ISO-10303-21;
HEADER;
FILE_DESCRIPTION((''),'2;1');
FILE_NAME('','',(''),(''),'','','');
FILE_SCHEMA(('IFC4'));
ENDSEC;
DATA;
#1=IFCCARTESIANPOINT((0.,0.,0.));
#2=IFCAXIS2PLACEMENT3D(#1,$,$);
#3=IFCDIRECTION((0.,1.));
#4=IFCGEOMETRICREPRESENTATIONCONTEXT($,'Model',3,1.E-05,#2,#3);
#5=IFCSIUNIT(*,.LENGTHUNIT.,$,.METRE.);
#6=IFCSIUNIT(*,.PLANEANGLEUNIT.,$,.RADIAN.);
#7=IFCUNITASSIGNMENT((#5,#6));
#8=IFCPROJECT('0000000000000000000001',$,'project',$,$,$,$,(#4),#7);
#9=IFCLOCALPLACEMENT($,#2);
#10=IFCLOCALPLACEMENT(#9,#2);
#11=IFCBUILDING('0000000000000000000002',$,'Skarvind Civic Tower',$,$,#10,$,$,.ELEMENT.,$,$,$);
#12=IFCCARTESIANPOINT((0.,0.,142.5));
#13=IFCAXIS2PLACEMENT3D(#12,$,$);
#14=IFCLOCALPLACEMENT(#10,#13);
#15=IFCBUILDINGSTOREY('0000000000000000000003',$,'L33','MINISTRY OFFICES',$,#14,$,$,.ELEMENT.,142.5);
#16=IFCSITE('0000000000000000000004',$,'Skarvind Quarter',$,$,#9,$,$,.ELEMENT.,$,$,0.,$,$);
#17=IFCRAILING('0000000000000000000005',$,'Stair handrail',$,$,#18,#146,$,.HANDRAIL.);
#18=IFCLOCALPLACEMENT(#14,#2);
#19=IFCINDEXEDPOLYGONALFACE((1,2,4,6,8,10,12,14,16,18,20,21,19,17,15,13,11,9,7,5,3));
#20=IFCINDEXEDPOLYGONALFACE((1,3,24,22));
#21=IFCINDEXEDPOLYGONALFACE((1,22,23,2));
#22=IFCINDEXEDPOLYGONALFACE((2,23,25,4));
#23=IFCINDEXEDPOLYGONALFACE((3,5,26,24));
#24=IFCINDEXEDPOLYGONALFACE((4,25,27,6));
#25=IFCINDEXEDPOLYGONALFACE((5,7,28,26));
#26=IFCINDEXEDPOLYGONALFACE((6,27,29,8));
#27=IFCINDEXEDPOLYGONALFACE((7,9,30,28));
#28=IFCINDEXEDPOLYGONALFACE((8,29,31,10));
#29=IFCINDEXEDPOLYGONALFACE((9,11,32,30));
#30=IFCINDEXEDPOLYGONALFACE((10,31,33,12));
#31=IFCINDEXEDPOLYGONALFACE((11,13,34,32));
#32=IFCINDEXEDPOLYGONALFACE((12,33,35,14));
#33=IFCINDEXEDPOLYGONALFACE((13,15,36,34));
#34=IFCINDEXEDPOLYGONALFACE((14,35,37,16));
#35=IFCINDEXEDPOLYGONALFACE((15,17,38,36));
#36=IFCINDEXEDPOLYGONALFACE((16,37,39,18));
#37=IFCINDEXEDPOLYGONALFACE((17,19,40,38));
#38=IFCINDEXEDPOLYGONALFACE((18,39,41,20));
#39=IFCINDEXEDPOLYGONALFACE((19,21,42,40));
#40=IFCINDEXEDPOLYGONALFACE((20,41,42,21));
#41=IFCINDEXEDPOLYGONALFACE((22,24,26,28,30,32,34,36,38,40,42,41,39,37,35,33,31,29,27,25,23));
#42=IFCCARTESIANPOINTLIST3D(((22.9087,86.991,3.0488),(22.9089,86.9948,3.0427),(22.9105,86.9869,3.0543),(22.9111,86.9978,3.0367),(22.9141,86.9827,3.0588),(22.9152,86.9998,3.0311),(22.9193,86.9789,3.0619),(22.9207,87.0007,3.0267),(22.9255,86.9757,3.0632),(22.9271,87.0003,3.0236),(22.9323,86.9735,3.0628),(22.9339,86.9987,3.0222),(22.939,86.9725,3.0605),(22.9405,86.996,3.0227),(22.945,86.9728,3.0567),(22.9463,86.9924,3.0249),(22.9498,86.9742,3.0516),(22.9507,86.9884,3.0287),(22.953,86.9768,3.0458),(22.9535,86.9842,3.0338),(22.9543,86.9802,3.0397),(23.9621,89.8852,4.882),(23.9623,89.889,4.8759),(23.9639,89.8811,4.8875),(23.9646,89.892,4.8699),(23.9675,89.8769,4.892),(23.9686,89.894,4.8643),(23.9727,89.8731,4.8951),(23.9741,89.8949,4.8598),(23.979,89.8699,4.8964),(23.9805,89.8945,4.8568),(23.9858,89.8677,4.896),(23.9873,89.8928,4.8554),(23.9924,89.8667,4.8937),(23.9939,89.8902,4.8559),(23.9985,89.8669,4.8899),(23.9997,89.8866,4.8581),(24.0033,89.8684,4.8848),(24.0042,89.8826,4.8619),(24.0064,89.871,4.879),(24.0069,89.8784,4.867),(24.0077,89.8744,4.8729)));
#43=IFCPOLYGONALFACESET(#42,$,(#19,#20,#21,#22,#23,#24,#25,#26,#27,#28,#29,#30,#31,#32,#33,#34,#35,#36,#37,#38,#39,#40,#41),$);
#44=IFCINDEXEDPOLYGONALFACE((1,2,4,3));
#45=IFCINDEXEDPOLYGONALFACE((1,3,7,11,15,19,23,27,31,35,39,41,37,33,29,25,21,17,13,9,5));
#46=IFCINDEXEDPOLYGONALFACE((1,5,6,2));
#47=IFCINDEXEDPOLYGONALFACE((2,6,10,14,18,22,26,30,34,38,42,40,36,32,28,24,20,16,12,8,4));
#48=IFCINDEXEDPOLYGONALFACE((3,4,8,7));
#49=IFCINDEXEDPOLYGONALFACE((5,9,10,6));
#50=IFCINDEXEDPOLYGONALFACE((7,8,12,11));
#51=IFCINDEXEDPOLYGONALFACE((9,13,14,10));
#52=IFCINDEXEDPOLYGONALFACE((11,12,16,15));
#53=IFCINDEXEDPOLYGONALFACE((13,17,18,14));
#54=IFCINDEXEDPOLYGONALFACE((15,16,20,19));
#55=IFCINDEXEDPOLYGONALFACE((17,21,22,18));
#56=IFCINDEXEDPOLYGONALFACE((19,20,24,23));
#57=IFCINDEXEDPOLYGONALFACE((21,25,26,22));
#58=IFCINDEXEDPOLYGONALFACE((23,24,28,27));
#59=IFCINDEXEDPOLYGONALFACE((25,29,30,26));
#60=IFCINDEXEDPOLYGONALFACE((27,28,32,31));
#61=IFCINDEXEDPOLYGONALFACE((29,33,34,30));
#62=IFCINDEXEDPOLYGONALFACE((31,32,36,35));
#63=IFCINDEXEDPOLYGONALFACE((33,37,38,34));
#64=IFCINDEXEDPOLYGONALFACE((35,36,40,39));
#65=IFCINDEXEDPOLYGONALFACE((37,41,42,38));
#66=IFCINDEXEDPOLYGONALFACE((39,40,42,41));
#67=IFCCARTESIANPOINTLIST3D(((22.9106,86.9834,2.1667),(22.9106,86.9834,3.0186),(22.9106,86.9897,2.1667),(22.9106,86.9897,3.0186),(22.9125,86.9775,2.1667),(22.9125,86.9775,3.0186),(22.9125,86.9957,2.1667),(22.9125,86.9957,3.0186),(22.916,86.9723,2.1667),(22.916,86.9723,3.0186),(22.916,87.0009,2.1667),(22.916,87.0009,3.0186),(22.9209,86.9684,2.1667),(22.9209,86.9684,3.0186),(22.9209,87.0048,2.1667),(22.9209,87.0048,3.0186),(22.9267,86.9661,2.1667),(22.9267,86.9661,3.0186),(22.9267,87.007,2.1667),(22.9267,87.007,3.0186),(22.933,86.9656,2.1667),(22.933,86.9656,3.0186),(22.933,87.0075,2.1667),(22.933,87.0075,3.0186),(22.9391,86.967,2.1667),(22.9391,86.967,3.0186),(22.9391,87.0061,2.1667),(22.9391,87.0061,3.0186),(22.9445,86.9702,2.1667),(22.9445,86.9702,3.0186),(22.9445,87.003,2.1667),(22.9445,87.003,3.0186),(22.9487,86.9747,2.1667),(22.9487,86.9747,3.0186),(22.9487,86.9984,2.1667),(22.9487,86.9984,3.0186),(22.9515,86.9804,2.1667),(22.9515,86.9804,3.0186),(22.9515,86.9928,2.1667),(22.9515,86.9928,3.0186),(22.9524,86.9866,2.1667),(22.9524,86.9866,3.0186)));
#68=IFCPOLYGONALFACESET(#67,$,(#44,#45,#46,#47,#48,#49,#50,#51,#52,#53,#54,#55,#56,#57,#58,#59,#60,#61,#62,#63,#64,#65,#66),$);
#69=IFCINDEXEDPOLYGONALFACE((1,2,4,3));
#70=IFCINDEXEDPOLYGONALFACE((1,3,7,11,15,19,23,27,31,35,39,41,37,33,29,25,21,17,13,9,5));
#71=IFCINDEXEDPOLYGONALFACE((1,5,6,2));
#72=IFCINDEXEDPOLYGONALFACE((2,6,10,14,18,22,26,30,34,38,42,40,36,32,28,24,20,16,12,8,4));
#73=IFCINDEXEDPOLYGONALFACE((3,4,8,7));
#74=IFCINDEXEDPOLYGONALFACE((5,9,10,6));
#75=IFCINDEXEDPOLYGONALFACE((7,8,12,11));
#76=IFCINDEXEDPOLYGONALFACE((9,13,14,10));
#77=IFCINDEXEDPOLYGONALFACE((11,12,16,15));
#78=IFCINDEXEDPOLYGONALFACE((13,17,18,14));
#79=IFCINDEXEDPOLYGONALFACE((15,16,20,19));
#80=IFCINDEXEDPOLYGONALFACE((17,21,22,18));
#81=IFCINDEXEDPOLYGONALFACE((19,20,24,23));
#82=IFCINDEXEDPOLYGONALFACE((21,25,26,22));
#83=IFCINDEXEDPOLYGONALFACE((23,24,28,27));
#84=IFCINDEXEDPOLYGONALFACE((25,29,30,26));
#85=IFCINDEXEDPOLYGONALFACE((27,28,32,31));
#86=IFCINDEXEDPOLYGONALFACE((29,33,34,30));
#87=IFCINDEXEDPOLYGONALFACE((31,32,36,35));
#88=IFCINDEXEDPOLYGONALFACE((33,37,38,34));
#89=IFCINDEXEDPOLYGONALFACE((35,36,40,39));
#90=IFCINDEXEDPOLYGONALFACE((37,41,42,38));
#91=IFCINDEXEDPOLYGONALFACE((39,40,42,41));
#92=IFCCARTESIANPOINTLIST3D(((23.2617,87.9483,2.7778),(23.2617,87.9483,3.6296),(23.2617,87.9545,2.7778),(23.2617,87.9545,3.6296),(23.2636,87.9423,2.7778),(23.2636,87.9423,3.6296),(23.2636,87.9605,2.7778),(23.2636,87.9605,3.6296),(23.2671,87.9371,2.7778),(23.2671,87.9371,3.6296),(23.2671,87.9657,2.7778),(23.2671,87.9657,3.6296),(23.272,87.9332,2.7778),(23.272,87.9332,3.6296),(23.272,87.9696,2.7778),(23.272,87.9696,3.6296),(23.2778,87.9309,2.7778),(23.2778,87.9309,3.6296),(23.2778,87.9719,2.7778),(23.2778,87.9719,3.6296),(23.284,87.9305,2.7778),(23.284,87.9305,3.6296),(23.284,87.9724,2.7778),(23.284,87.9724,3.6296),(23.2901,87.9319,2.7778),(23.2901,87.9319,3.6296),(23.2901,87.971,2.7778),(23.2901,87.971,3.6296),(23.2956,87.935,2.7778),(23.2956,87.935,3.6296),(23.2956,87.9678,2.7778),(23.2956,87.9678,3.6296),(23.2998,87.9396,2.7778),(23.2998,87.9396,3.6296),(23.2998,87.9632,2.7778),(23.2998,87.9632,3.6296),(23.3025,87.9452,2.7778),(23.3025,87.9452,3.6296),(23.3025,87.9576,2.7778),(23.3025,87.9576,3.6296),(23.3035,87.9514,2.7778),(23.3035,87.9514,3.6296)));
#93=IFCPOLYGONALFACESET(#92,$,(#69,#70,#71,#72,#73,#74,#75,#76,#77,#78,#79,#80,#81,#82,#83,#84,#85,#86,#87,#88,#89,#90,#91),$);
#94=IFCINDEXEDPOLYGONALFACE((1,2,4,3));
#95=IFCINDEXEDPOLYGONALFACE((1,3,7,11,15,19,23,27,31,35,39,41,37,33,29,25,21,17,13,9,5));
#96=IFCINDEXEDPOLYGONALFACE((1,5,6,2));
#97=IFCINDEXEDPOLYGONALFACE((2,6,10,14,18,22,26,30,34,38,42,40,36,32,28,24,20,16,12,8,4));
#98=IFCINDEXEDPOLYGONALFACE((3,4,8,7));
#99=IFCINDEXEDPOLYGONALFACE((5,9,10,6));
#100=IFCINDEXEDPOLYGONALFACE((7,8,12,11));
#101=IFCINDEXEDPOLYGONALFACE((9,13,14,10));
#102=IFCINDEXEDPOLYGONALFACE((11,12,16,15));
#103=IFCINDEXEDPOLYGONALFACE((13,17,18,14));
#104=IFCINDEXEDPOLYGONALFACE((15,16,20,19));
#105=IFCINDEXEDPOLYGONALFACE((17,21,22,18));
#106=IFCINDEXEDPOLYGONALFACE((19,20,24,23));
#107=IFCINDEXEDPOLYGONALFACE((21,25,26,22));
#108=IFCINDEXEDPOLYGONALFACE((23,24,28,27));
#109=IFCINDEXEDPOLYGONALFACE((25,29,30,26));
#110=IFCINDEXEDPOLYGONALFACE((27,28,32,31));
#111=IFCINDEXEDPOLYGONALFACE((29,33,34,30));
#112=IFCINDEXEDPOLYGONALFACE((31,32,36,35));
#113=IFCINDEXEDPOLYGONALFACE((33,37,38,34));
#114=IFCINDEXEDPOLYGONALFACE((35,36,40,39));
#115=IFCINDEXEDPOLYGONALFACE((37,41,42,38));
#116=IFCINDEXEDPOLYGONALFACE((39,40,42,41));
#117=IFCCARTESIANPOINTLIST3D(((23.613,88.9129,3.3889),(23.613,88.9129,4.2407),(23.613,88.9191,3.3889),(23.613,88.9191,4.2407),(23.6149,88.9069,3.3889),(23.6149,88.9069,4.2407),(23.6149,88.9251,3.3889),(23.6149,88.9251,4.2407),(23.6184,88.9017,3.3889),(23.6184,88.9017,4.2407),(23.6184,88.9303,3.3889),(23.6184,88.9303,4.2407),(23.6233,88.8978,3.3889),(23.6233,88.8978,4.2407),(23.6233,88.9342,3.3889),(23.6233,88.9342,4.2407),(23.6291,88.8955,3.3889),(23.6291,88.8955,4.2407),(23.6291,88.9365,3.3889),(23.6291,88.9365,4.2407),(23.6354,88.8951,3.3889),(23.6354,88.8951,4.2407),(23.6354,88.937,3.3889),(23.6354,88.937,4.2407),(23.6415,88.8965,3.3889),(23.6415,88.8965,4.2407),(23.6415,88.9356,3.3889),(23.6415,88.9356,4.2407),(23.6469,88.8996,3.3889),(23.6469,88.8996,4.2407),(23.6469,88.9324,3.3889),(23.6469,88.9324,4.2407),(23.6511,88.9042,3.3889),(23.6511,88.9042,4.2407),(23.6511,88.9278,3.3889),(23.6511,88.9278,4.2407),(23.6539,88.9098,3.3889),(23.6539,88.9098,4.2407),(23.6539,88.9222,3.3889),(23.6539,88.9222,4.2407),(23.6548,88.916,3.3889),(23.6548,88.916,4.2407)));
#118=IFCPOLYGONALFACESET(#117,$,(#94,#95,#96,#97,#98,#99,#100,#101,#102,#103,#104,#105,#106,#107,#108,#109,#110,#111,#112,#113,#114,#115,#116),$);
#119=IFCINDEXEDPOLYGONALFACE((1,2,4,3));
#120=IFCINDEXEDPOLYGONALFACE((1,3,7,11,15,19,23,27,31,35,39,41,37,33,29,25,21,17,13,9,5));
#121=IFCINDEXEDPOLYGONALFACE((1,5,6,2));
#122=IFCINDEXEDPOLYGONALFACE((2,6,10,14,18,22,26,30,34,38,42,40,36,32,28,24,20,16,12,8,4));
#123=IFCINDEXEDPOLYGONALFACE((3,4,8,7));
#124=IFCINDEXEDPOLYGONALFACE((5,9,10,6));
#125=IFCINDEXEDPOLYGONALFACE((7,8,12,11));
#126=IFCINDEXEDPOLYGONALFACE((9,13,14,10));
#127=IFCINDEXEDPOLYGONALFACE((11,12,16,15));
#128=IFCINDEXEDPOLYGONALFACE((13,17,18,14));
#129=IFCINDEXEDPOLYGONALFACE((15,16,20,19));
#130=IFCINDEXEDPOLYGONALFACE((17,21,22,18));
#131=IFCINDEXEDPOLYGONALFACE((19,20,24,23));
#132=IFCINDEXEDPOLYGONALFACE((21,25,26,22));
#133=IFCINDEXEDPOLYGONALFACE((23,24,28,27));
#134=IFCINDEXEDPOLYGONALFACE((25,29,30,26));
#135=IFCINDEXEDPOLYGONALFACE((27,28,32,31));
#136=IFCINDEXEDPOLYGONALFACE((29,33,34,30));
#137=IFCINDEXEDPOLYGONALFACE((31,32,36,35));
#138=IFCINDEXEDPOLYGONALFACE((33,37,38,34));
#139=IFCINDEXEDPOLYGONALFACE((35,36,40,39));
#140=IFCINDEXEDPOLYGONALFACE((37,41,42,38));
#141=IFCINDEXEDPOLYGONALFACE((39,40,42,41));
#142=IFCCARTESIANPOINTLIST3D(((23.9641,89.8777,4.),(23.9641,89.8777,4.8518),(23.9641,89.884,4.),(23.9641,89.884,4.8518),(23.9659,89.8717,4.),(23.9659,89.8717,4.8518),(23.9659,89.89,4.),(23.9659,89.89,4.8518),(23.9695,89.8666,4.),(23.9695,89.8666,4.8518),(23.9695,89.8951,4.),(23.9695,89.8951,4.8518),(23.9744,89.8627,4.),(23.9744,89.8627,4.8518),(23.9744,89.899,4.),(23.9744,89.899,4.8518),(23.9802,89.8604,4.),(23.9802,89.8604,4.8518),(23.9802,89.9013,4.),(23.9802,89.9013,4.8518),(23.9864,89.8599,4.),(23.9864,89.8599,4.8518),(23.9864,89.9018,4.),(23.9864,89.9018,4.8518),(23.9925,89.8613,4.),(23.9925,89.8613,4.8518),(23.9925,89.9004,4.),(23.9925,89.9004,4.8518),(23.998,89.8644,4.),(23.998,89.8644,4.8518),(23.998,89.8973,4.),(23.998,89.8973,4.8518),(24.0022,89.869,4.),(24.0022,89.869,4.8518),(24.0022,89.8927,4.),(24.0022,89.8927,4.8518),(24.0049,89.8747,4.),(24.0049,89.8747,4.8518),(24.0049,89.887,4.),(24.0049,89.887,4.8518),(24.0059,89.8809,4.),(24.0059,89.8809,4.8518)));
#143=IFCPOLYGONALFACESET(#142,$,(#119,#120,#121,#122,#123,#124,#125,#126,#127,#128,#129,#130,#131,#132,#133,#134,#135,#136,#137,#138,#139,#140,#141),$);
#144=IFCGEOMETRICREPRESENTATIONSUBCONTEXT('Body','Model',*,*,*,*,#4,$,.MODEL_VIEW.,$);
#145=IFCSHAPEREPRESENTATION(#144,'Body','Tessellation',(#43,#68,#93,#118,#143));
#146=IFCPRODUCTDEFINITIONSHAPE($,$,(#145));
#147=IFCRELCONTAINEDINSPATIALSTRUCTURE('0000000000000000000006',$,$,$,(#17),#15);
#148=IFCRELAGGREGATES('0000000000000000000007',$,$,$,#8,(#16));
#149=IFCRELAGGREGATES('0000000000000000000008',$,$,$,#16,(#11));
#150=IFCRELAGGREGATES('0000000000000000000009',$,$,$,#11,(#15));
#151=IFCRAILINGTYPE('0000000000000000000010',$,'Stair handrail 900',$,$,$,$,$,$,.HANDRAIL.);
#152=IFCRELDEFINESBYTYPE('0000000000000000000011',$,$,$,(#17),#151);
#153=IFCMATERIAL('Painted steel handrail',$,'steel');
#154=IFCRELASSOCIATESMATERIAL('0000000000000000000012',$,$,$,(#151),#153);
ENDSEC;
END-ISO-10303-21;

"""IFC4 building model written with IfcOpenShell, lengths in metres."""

from ifc_helpers import new_model, si_unit, direction, frame, origin, origin_2d, place, context, subcontext, project, spatial, circle, extrude, material, type_object, element, save


model = new_model("IFC4")

# Units and contexts
model_context = context("Model", 3, precision=1e-05, world=origin(), true_north=direction((0.0, 1.0)))
body_context = subcontext(model_context, "Body", "Model", "MODEL_VIEW")
ifc_project = project(units=[si_unit("LENGTHUNIT", "METRE"), si_unit("PLANEANGLEUNIT", "RADIAN")], contexts=[model_context])

# Site, building, storey
site_placement = place(None, origin())
site = spatial("IfcSite", under=ifc_project, at=site_placement, Name="Skarvind Quarter", CompositionType="ELEMENT", RefElevation=0.0)
building_placement = place(site_placement, origin())
building = spatial("IfcBuilding", under=site, at=building_placement, Name="Skarvind Civic Tower", CompositionType="ELEMENT")
storey_placement = place(building_placement, frame((0.0, 0.0, 142.5)))
storey = spatial("IfcBuildingStorey", under=building, at=storey_placement, Name="L33", Description="MINISTRY OFFICES", CompositionType="ELEMENT", Elevation=142.5)

# Railing
ifc_material_1 = material(Name="Painted steel handrail", Category="steel")
railing_type = type_object("IfcRailingType", Name="Stair handrail 900", PredefinedType="HANDRAIL", material=ifc_material_1)
railing_1_placement = place(storey_placement, frame((22.9314, 86.9866, 2.1667)))
element("IfcRailing", 1, at=railing_1_placement, inside=storey, type_object=railing_type, Name="Stair handrail", PredefinedType="HANDRAIL", context=body_context, shape_type="SweptSolid", body=[
    extrude(circle(Radius=0.0239, at=origin_2d()), frame((0.0, 0.0, 0.876), z_axis=(0.293908, 0.807481, 0.511461), x_axis=(-0.939689, 0.342029, 0.0)), (0.0, 0.0, 1.0), 3.5842),
    extrude(circle(Radius=0.021, at=origin_2d()), origin(), (0.0, 0.0, 1.0), 0.8518),
    extrude(circle(Radius=0.021, at=origin_2d()), frame((0.3511, 0.9648, 0.6111)), (0.0, 0.0, 1.0), 0.8518),
    extrude(circle(Radius=0.021, at=origin_2d()), frame((0.7024, 1.9294, 1.2222)), (0.0, 0.0, 1.0), 0.8518),
    extrude(circle(Radius=0.021, at=origin_2d()), frame((1.0535, 2.8943, 1.8333)), (0.0, 0.0, 1.0), 0.8518),
])

save(model, "model.ifc")
